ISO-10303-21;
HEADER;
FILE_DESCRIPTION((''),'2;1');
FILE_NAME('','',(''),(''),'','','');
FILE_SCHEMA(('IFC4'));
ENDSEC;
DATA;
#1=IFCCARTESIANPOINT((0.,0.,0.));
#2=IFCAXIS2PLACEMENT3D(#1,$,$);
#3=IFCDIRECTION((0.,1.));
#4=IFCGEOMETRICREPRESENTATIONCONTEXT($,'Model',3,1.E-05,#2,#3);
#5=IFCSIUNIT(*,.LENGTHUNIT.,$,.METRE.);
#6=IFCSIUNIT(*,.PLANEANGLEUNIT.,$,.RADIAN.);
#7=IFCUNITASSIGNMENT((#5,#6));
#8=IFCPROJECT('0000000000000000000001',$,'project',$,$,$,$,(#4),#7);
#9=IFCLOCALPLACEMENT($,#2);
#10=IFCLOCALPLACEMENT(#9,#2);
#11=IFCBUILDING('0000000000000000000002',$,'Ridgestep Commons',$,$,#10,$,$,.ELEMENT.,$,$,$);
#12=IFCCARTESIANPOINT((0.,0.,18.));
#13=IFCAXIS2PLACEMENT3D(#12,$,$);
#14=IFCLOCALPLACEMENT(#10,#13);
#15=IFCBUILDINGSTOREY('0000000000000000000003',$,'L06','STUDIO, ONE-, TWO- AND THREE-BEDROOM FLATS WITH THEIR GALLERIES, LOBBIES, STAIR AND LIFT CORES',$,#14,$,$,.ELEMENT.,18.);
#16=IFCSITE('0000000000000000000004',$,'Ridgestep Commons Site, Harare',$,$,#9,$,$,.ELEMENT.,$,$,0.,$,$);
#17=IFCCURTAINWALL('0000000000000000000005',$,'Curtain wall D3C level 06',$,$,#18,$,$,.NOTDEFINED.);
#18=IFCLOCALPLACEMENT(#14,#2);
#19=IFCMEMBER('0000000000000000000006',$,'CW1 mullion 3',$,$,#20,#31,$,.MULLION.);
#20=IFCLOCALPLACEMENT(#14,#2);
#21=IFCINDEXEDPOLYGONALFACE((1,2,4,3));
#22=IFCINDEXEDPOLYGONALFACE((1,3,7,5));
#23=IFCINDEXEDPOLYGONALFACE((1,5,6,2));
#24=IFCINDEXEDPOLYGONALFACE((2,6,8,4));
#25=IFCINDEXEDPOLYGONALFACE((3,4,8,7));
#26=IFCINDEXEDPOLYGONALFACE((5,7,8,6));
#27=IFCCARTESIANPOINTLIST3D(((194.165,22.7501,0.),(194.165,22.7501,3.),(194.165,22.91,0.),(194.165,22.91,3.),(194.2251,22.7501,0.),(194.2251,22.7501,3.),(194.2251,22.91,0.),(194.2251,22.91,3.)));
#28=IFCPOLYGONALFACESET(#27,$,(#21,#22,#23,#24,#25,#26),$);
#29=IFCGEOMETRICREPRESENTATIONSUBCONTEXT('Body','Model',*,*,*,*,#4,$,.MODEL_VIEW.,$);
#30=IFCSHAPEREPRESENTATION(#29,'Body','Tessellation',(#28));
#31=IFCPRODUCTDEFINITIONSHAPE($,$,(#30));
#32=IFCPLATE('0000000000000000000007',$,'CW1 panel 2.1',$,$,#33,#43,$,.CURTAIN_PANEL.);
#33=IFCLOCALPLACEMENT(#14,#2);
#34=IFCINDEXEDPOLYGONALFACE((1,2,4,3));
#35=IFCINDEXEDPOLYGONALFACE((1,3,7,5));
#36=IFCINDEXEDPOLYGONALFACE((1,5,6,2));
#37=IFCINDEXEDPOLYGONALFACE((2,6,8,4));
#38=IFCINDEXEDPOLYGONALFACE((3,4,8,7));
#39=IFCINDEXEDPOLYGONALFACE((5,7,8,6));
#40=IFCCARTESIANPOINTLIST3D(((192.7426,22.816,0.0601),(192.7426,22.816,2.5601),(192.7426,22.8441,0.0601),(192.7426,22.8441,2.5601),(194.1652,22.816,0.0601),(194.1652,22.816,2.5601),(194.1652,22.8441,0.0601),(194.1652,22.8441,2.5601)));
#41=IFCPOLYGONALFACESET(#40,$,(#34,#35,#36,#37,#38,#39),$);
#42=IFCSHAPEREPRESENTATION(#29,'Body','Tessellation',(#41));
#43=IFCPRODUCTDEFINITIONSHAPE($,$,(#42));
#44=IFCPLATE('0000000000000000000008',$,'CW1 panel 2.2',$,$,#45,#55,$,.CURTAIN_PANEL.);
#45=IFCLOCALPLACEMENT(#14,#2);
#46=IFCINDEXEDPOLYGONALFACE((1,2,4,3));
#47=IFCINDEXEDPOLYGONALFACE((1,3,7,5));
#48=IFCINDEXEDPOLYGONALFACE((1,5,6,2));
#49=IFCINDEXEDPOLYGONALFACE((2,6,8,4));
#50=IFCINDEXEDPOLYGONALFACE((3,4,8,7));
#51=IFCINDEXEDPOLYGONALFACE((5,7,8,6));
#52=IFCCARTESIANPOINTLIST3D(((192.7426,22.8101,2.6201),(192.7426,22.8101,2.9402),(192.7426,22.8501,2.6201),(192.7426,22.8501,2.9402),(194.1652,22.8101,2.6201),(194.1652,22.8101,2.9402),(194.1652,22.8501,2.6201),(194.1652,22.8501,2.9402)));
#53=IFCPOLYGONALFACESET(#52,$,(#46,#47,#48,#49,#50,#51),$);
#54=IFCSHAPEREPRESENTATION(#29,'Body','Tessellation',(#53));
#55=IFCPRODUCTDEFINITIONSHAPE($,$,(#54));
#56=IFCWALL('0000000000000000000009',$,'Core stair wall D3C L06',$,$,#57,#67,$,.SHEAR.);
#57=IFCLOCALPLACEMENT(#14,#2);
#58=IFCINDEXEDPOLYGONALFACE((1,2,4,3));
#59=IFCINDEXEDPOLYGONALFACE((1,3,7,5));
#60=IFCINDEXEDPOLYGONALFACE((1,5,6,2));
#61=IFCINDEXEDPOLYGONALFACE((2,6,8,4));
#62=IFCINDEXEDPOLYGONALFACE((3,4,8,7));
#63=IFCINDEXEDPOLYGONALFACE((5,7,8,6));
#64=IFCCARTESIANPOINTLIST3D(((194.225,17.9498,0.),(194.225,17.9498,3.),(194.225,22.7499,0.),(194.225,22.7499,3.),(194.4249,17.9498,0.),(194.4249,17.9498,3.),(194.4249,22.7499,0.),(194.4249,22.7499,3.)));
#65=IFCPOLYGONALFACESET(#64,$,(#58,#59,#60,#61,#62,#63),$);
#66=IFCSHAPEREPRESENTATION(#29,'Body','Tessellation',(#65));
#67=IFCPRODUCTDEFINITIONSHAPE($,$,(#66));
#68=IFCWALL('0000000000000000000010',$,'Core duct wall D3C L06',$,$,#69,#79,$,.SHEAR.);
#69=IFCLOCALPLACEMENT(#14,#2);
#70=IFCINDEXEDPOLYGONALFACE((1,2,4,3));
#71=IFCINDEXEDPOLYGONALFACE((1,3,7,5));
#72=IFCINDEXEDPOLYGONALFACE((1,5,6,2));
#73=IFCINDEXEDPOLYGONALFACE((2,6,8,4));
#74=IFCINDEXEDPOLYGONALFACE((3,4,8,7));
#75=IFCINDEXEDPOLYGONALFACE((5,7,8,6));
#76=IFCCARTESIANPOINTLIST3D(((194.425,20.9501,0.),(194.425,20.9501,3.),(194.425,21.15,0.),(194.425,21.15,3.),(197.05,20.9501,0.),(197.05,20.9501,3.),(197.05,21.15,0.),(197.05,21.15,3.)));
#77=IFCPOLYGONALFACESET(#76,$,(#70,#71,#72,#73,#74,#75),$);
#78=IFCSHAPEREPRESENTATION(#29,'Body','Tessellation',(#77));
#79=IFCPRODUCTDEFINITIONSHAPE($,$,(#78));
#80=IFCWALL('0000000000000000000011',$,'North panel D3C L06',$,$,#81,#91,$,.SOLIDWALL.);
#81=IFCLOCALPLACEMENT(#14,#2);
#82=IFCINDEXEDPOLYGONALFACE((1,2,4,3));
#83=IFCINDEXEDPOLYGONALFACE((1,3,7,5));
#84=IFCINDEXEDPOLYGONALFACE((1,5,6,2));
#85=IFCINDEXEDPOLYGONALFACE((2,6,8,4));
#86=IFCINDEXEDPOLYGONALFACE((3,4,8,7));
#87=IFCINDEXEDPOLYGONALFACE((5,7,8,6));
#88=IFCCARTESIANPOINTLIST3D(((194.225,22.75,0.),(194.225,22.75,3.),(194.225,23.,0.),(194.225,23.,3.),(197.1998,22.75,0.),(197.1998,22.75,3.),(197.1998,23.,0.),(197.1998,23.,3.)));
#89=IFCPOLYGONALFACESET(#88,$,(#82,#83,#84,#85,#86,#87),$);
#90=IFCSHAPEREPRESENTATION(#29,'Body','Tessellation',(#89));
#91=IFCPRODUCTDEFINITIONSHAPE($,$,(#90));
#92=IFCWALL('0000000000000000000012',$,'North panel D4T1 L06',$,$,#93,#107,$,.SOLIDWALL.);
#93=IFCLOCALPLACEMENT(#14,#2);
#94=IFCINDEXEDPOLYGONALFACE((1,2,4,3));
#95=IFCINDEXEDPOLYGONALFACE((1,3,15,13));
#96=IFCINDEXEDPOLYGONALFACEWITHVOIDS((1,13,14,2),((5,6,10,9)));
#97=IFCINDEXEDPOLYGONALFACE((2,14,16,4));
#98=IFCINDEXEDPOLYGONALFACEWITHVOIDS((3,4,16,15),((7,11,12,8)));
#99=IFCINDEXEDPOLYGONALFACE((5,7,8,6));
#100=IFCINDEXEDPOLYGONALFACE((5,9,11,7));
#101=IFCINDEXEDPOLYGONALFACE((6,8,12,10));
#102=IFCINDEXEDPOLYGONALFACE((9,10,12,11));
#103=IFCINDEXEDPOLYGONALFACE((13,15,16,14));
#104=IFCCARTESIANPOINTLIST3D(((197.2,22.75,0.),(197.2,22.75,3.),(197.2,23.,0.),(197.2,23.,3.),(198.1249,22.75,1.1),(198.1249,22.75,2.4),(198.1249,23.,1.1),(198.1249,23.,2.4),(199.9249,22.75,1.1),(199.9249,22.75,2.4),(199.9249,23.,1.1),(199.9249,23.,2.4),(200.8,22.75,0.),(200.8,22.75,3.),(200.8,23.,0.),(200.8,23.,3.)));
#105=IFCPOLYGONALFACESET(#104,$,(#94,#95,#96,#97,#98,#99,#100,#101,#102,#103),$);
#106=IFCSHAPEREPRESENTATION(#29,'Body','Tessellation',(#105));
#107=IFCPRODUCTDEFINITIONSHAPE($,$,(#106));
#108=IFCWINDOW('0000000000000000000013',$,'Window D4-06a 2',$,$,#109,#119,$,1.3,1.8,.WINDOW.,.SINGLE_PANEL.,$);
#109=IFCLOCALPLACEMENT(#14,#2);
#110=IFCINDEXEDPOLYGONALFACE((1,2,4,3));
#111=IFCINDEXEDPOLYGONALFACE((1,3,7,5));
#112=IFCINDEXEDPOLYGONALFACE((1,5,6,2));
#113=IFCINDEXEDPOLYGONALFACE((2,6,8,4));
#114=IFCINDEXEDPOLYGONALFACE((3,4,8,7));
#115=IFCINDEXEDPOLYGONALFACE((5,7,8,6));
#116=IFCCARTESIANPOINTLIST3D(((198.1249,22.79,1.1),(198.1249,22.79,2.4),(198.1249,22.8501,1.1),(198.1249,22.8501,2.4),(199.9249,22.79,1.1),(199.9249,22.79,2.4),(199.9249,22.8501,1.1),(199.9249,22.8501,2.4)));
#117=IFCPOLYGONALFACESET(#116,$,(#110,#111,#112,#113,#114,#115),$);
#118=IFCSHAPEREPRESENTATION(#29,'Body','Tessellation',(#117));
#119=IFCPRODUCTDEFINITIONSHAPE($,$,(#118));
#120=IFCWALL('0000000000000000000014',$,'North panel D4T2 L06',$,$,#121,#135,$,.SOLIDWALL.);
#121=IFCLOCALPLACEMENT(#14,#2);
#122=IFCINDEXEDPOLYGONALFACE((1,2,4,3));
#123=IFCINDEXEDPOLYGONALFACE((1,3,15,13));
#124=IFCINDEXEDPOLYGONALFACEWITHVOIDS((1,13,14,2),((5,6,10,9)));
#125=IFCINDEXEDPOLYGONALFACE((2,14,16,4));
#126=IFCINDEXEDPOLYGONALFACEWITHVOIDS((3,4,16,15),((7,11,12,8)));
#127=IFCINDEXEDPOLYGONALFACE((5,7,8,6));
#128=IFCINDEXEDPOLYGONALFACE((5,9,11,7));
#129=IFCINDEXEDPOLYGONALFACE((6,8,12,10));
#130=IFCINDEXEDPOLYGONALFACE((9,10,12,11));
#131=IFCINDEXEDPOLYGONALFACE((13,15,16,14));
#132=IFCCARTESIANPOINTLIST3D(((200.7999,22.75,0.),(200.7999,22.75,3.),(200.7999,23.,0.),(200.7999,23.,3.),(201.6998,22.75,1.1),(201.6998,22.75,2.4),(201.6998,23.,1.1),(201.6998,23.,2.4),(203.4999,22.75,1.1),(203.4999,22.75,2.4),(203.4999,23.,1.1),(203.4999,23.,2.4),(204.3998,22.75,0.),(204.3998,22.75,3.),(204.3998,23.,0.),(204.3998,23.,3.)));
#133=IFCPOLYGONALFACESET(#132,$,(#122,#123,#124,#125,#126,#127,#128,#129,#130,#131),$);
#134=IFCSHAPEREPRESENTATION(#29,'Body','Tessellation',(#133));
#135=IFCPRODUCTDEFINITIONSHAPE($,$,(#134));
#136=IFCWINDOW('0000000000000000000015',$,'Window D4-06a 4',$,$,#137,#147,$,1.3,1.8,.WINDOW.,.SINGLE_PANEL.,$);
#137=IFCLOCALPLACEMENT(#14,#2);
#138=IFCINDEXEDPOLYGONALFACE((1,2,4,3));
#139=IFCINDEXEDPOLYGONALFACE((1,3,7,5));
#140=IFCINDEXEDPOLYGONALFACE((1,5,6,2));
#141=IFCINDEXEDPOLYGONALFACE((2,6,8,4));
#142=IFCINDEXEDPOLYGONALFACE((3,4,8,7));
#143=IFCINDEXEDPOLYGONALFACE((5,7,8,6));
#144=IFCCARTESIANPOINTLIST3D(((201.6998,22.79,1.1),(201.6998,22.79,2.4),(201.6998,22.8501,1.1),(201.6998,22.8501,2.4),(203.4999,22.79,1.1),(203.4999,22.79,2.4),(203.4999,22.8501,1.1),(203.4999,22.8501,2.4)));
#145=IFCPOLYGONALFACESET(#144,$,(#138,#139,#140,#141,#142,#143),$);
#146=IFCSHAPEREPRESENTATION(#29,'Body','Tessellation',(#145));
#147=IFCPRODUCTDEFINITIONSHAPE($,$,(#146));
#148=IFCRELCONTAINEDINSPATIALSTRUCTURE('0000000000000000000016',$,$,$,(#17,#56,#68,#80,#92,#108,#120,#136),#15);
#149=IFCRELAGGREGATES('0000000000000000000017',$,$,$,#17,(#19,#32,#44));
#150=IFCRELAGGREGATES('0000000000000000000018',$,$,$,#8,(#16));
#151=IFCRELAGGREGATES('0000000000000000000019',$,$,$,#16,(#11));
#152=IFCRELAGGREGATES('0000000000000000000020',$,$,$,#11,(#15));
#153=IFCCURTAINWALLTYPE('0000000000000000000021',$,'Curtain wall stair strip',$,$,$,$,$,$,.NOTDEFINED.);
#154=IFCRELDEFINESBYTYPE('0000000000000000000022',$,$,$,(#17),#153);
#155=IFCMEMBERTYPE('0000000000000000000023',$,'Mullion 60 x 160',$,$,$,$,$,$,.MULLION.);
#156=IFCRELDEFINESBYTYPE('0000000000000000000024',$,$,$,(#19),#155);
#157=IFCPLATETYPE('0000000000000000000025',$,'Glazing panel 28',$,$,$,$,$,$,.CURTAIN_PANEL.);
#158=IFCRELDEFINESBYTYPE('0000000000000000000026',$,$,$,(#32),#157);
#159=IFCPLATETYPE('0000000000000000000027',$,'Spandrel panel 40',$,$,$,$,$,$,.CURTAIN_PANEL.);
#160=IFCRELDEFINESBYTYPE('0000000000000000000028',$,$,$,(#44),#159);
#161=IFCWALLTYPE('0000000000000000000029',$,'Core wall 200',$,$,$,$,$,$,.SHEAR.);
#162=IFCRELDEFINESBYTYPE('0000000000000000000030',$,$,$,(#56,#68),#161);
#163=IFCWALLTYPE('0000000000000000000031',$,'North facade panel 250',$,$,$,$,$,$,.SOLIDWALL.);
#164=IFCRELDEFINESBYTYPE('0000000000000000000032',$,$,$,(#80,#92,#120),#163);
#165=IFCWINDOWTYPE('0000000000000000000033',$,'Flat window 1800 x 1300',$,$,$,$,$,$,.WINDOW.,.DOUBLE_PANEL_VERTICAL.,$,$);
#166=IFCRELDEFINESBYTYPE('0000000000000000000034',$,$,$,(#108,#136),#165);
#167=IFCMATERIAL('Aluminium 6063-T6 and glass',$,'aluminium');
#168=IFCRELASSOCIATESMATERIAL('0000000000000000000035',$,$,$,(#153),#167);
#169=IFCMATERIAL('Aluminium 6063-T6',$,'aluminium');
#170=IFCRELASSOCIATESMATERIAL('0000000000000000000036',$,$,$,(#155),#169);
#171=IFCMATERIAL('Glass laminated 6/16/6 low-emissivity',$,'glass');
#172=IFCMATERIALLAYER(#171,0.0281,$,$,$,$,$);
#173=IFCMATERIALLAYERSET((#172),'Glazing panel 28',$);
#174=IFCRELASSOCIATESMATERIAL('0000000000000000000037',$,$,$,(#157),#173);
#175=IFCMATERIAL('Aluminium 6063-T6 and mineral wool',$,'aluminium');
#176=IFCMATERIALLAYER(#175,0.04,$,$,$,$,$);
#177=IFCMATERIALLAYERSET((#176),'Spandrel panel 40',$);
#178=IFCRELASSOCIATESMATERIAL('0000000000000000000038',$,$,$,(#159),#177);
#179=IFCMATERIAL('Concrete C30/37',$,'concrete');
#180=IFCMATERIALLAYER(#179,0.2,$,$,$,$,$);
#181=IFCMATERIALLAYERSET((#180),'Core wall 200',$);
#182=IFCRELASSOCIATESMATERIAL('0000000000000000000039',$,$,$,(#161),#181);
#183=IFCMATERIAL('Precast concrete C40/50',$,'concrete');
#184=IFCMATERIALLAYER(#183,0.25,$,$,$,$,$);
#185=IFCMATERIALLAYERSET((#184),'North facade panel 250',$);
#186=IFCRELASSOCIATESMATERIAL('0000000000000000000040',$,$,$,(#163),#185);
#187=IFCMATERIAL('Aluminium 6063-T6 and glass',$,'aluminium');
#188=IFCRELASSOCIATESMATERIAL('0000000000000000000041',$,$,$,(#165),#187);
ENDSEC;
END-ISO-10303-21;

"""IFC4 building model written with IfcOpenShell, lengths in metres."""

from ifc_helpers import new_model, si_unit, direction, frame, frame_2d, origin, origin_2d, place, context, subcontext, project, spatial, rectangle, extrude, material, layer, layer_set, material_profile, profile_set, type_object, element, fill, aggregate, save


model = new_model("IFC4")

# Units and contexts
model_context = context("Model", 3, precision=1e-05, world=origin(), true_north=direction((0.0, 1.0)))
body_context = subcontext(model_context, "Body", "Model", "MODEL_VIEW")
ifc_project = project(units=[si_unit("LENGTHUNIT", "METRE"), si_unit("PLANEANGLEUNIT", "RADIAN")], contexts=[model_context])

# Site, building, storey
site_placement = place(None, origin())
site = spatial("IfcSite", under=ifc_project, at=site_placement, Name="Ridgestep Commons Site, Harare", CompositionType="ELEMENT", RefElevation=0.0)
building_placement = place(site_placement, origin())
building = spatial("IfcBuilding", under=site, at=building_placement, Name="Ridgestep Commons", CompositionType="ELEMENT")
storey_placement = place(building_placement, frame((0.0, 0.0, 18.0)))
storey = spatial("IfcBuildingStorey", under=building, at=storey_placement, Name="L06", Description="STUDIO, ONE-, TWO- AND THREE-BEDROOM FLATS WITH THEIR GALLERIES, LOBBIES, STAIR AND LIFT CORES", CompositionType="ELEMENT", Elevation=18.0)

# Curtain wall, member, plates
ifc_material_1 = material(Name="Aluminium 6063-T6 and glass", Category="aluminium")
curtain_wall_type = type_object("IfcCurtainWallType", Name="Curtain wall stair strip", PredefinedType="NOTDEFINED", material=ifc_material_1)
curtain_wall_placement = place(storey_placement, origin())
curtain_wall = element("IfcCurtainWall", 1, at=curtain_wall_placement, inside=storey, type_object=curtain_wall_type, Name="Curtain wall D3C level 06", PredefinedType="NOTDEFINED")
ifc_material_2 = material(Name="Aluminium 6063-T6", Category="aluminium")
ifc_material_profile = material_profile(ifc_material_2, rectangle(XDim=0.1599, YDim=0.0601, at=origin_2d()), Name="Mullion 60 x 160")
ifc_profile_set = profile_set([ifc_material_profile], Name="Aluminium 6063-T6")
member_type = type_object("IfcMemberType", Name="Mullion 60 x 160", PredefinedType="MULLION", material=ifc_profile_set)
member_placement = place(storey_placement, frame((194.1951, 22.8301, 0.0), z_axis=(0.0, 0.0, 1.0), x_axis=(0.0, 1.0, 0.0)))
member = element("IfcMember", 2, at=member_placement, type_object=member_type, Name="CW1 mullion 3", PredefinedType="MULLION", context=body_context, shape_type="SweptSolid", body=[
    extrude(rectangle(XDim=0.1599, YDim=0.0601, at=origin_2d()), origin(), (0.0, 0.0, 1.0), 3.0),
])
ifc_material_3 = material(Name="Glass laminated 6/16/6 low-emissivity", Category="glass")
ifc_layer_1 = layer(ifc_material_3, 0.0281)
ifc_layer_set_1 = layer_set([ifc_layer_1], Name="Glazing panel 28")
plate_type_1 = type_object("IfcPlateType", Name="Glazing panel 28", PredefinedType="CURTAIN_PANEL", material=ifc_layer_set_1)
plate_1_placement = place(storey_placement, frame((193.4539, 22.8301, 0.0601), z_axis=(0.0, 0.0, 1.0), x_axis=(1.0, 0.0, 0.0)))
plate_1 = element("IfcPlate", 3, at=plate_1_placement, type_object=plate_type_1, Name="CW1 panel 2.1", PredefinedType="CURTAIN_PANEL", context=body_context, shape_type="SweptSolid", body=[
    extrude(rectangle(XDim=1.4226, YDim=0.0281, at=origin_2d()), origin(), (0.0, 0.0, 1.0), 2.5),
])
ifc_material_4 = material(Name="Aluminium 6063-T6 and mineral wool", Category="aluminium")
ifc_layer_2 = layer(ifc_material_4, 0.04)
ifc_layer_set_2 = layer_set([ifc_layer_2], Name="Spandrel panel 40")
plate_type_2 = type_object("IfcPlateType", Name="Spandrel panel 40", PredefinedType="CURTAIN_PANEL", material=ifc_layer_set_2)
plate_2_placement = place(storey_placement, frame((193.4539, 22.8301, 2.6201), z_axis=(0.0, 0.0, 1.0), x_axis=(1.0, 0.0, 0.0)))
plate_2 = element("IfcPlate", 4, at=plate_2_placement, type_object=plate_type_2, Name="CW1 panel 2.2", PredefinedType="CURTAIN_PANEL", context=body_context, shape_type="SweptSolid", body=[
    extrude(rectangle(XDim=1.4226, YDim=0.04, at=origin_2d()), origin(), (0.0, 0.0, 1.0), 0.3201),
])
aggregate(curtain_wall, [member, plate_1, plate_2])

# Walls
ifc_material_5 = material(Name="Concrete C30/37", Category="concrete")
ifc_layer_3 = layer(ifc_material_5, 0.2)
ifc_layer_set_3 = layer_set([ifc_layer_3], Name="Core wall 200")
wall_type_1 = type_object("IfcWallType", Name="Core wall 200", PredefinedType="SHEAR", material=ifc_layer_set_3)
wall_1_placement = place(storey_placement, frame((194.325, 17.95, 0.0), z_axis=(0.0, 0.0, 1.0), x_axis=(0.0, 1.0, 0.0)))
element("IfcWall", 5, at=wall_1_placement, inside=storey, type_object=wall_type_1, Name="Core stair wall D3C L06", PredefinedType="SHEAR", context=body_context, shape_type="SweptSolid", body=[
    extrude(rectangle(XDim=4.8, YDim=0.2, at=frame_2d((2.3999, 0.0))), origin(), (0.0, 0.0, 1.0), 3.0),
])
wall_2_placement = place(storey_placement, frame((194.425, 21.05, 0.0), z_axis=(0.0, 0.0, 1.0), x_axis=(1.0, 0.0, 0.0)))
element("IfcWall", 6, at=wall_2_placement, inside=storey, type_object=wall_type_1, Name="Core duct wall D3C L06", PredefinedType="SHEAR", context=body_context, shape_type="SweptSolid", body=[
    extrude(rectangle(XDim=2.625, YDim=0.2, at=frame_2d((1.3125, 0.0))), origin(), (0.0, 0.0, 1.0), 3.0),
])
ifc_material_6 = material(Name="Precast concrete C40/50", Category="concrete")
ifc_layer_4 = layer(ifc_material_6, 0.25)
ifc_layer_set_4 = layer_set([ifc_layer_4], Name="North facade panel 250")
wall_type_2 = type_object("IfcWallType", Name="North facade panel 250", PredefinedType="SOLIDWALL", material=ifc_layer_set_4)
wall_3_placement = place(storey_placement, frame((194.2251, 22.875, 0.0), z_axis=(0.0, 0.0, 1.0), x_axis=(1.0, 0.0, 0.0)))
element("IfcWall", 7, at=wall_3_placement, inside=storey, type_object=wall_type_2, Name="North panel D3C L06", PredefinedType="SOLIDWALL", context=body_context, shape_type="SweptSolid", body=[
    extrude(rectangle(XDim=2.9749, YDim=0.25, at=frame_2d((1.4873, 0.0))), origin(), (0.0, 0.0, 1.0), 3.0),
])

# Walls, openings, windows
wall_4_placement = place(storey_placement, frame((197.2, 22.875, 0.0), z_axis=(0.0, 0.0, 1.0), x_axis=(1.0, 0.0, 0.0)))
wall_4 = element("IfcWall", 8, at=wall_4_placement, inside=storey, type_object=wall_type_2, Name="North panel D4T1 L06", PredefinedType="SOLIDWALL", context=body_context, shape_type="SweptSolid", body=[
    extrude(rectangle(XDim=3.6001, YDim=0.25, at=frame_2d((1.8, 0.0))), origin(), (0.0, 0.0, 1.0), 3.0),
])
opening_1_placement = place(wall_4_placement, frame((0.925, 0.0, 1.1001)))
opening_1 = element("IfcOpeningElement", 9, at=opening_1_placement, cuts=wall_4, PredefinedType="OPENING", context=body_context, shape_type="SweptSolid", body=[
    extrude(rectangle(XDim=1.8, YDim=1.3, at=frame_2d((0.8999, 0.6499))), frame((0.0, 0.135, 0.0), z_axis=(0.0, -1.0, 0.0), x_axis=(1.0, 0.0, 0.0)), (0.0, 0.0, 1.0), 0.27),
])
ifc_material_7 = material(Name="Aluminium 6063-T6 and glass", Category="aluminium")
window_type = type_object("IfcWindowType", Name="Flat window 1800 x 1300", PartitioningType="DOUBLE_PANEL_VERTICAL", PredefinedType="WINDOW", material=ifc_material_7)
window_1_placement = place(opening_1_placement, origin())
window_1 = element("IfcWindow", 10, at=window_1_placement, inside=storey, type_object=window_type, Name="Window D4-06a 2", OverallHeight=1.3, OverallWidth=1.8, PartitioningType="SINGLE_PANEL", PredefinedType="WINDOW", context=body_context, shape_type="SweptSolid", body=[
    extrude(rectangle(XDim=1.8, YDim=1.3, at=frame_2d((0.8999, 0.6499))), frame((0.0, -0.0249, 0.0), z_axis=(0.0, -1.0, 0.0), x_axis=(1.0, 0.0, 0.0)), (0.0, 0.0, 1.0), 0.0601),
])
fill(opening_1, window_1)
wall_5_placement = place(storey_placement, frame((200.8, 22.875, 0.0), z_axis=(0.0, 0.0, 1.0), x_axis=(1.0, 0.0, 0.0)))
wall_5 = element("IfcWall", 11, at=wall_5_placement, inside=storey, type_object=wall_type_2, Name="North panel D4T2 L06", PredefinedType="SOLIDWALL", context=body_context, shape_type="SweptSolid", body=[
    extrude(rectangle(XDim=3.5999, YDim=0.25, at=frame_2d((1.7998, 0.0))), origin(), (0.0, 0.0, 1.0), 3.0),
])
opening_2_placement = place(wall_5_placement, frame((0.8999, 0.0, 1.1001)))
opening_2 = element("IfcOpeningElement", 12, at=opening_2_placement, cuts=wall_5, PredefinedType="OPENING", context=body_context, shape_type="SweptSolid", body=[
    extrude(rectangle(XDim=1.8, YDim=1.3, at=frame_2d((0.8999, 0.6499))), frame((0.0, 0.135, 0.0), z_axis=(0.0, -1.0, 0.0), x_axis=(1.0, 0.0, 0.0)), (0.0, 0.0, 1.0), 0.27),
])
window_2_placement = place(opening_2_placement, origin())
window_2 = element("IfcWindow", 13, at=window_2_placement, inside=storey, type_object=window_type, Name="Window D4-06a 4", OverallHeight=1.3, OverallWidth=1.8, PartitioningType="SINGLE_PANEL", PredefinedType="WINDOW", context=body_context, shape_type="SweptSolid", body=[
    extrude(rectangle(XDim=1.8, YDim=1.3, at=frame_2d((0.8999, 0.6499))), frame((0.0, -0.0249, 0.0), z_axis=(0.0, -1.0, 0.0), x_axis=(1.0, 0.0, 0.0)), (0.0, 0.0, 1.0), 0.0601),
])
fill(opening_2, window_2)

save(model, "model.ifc")
